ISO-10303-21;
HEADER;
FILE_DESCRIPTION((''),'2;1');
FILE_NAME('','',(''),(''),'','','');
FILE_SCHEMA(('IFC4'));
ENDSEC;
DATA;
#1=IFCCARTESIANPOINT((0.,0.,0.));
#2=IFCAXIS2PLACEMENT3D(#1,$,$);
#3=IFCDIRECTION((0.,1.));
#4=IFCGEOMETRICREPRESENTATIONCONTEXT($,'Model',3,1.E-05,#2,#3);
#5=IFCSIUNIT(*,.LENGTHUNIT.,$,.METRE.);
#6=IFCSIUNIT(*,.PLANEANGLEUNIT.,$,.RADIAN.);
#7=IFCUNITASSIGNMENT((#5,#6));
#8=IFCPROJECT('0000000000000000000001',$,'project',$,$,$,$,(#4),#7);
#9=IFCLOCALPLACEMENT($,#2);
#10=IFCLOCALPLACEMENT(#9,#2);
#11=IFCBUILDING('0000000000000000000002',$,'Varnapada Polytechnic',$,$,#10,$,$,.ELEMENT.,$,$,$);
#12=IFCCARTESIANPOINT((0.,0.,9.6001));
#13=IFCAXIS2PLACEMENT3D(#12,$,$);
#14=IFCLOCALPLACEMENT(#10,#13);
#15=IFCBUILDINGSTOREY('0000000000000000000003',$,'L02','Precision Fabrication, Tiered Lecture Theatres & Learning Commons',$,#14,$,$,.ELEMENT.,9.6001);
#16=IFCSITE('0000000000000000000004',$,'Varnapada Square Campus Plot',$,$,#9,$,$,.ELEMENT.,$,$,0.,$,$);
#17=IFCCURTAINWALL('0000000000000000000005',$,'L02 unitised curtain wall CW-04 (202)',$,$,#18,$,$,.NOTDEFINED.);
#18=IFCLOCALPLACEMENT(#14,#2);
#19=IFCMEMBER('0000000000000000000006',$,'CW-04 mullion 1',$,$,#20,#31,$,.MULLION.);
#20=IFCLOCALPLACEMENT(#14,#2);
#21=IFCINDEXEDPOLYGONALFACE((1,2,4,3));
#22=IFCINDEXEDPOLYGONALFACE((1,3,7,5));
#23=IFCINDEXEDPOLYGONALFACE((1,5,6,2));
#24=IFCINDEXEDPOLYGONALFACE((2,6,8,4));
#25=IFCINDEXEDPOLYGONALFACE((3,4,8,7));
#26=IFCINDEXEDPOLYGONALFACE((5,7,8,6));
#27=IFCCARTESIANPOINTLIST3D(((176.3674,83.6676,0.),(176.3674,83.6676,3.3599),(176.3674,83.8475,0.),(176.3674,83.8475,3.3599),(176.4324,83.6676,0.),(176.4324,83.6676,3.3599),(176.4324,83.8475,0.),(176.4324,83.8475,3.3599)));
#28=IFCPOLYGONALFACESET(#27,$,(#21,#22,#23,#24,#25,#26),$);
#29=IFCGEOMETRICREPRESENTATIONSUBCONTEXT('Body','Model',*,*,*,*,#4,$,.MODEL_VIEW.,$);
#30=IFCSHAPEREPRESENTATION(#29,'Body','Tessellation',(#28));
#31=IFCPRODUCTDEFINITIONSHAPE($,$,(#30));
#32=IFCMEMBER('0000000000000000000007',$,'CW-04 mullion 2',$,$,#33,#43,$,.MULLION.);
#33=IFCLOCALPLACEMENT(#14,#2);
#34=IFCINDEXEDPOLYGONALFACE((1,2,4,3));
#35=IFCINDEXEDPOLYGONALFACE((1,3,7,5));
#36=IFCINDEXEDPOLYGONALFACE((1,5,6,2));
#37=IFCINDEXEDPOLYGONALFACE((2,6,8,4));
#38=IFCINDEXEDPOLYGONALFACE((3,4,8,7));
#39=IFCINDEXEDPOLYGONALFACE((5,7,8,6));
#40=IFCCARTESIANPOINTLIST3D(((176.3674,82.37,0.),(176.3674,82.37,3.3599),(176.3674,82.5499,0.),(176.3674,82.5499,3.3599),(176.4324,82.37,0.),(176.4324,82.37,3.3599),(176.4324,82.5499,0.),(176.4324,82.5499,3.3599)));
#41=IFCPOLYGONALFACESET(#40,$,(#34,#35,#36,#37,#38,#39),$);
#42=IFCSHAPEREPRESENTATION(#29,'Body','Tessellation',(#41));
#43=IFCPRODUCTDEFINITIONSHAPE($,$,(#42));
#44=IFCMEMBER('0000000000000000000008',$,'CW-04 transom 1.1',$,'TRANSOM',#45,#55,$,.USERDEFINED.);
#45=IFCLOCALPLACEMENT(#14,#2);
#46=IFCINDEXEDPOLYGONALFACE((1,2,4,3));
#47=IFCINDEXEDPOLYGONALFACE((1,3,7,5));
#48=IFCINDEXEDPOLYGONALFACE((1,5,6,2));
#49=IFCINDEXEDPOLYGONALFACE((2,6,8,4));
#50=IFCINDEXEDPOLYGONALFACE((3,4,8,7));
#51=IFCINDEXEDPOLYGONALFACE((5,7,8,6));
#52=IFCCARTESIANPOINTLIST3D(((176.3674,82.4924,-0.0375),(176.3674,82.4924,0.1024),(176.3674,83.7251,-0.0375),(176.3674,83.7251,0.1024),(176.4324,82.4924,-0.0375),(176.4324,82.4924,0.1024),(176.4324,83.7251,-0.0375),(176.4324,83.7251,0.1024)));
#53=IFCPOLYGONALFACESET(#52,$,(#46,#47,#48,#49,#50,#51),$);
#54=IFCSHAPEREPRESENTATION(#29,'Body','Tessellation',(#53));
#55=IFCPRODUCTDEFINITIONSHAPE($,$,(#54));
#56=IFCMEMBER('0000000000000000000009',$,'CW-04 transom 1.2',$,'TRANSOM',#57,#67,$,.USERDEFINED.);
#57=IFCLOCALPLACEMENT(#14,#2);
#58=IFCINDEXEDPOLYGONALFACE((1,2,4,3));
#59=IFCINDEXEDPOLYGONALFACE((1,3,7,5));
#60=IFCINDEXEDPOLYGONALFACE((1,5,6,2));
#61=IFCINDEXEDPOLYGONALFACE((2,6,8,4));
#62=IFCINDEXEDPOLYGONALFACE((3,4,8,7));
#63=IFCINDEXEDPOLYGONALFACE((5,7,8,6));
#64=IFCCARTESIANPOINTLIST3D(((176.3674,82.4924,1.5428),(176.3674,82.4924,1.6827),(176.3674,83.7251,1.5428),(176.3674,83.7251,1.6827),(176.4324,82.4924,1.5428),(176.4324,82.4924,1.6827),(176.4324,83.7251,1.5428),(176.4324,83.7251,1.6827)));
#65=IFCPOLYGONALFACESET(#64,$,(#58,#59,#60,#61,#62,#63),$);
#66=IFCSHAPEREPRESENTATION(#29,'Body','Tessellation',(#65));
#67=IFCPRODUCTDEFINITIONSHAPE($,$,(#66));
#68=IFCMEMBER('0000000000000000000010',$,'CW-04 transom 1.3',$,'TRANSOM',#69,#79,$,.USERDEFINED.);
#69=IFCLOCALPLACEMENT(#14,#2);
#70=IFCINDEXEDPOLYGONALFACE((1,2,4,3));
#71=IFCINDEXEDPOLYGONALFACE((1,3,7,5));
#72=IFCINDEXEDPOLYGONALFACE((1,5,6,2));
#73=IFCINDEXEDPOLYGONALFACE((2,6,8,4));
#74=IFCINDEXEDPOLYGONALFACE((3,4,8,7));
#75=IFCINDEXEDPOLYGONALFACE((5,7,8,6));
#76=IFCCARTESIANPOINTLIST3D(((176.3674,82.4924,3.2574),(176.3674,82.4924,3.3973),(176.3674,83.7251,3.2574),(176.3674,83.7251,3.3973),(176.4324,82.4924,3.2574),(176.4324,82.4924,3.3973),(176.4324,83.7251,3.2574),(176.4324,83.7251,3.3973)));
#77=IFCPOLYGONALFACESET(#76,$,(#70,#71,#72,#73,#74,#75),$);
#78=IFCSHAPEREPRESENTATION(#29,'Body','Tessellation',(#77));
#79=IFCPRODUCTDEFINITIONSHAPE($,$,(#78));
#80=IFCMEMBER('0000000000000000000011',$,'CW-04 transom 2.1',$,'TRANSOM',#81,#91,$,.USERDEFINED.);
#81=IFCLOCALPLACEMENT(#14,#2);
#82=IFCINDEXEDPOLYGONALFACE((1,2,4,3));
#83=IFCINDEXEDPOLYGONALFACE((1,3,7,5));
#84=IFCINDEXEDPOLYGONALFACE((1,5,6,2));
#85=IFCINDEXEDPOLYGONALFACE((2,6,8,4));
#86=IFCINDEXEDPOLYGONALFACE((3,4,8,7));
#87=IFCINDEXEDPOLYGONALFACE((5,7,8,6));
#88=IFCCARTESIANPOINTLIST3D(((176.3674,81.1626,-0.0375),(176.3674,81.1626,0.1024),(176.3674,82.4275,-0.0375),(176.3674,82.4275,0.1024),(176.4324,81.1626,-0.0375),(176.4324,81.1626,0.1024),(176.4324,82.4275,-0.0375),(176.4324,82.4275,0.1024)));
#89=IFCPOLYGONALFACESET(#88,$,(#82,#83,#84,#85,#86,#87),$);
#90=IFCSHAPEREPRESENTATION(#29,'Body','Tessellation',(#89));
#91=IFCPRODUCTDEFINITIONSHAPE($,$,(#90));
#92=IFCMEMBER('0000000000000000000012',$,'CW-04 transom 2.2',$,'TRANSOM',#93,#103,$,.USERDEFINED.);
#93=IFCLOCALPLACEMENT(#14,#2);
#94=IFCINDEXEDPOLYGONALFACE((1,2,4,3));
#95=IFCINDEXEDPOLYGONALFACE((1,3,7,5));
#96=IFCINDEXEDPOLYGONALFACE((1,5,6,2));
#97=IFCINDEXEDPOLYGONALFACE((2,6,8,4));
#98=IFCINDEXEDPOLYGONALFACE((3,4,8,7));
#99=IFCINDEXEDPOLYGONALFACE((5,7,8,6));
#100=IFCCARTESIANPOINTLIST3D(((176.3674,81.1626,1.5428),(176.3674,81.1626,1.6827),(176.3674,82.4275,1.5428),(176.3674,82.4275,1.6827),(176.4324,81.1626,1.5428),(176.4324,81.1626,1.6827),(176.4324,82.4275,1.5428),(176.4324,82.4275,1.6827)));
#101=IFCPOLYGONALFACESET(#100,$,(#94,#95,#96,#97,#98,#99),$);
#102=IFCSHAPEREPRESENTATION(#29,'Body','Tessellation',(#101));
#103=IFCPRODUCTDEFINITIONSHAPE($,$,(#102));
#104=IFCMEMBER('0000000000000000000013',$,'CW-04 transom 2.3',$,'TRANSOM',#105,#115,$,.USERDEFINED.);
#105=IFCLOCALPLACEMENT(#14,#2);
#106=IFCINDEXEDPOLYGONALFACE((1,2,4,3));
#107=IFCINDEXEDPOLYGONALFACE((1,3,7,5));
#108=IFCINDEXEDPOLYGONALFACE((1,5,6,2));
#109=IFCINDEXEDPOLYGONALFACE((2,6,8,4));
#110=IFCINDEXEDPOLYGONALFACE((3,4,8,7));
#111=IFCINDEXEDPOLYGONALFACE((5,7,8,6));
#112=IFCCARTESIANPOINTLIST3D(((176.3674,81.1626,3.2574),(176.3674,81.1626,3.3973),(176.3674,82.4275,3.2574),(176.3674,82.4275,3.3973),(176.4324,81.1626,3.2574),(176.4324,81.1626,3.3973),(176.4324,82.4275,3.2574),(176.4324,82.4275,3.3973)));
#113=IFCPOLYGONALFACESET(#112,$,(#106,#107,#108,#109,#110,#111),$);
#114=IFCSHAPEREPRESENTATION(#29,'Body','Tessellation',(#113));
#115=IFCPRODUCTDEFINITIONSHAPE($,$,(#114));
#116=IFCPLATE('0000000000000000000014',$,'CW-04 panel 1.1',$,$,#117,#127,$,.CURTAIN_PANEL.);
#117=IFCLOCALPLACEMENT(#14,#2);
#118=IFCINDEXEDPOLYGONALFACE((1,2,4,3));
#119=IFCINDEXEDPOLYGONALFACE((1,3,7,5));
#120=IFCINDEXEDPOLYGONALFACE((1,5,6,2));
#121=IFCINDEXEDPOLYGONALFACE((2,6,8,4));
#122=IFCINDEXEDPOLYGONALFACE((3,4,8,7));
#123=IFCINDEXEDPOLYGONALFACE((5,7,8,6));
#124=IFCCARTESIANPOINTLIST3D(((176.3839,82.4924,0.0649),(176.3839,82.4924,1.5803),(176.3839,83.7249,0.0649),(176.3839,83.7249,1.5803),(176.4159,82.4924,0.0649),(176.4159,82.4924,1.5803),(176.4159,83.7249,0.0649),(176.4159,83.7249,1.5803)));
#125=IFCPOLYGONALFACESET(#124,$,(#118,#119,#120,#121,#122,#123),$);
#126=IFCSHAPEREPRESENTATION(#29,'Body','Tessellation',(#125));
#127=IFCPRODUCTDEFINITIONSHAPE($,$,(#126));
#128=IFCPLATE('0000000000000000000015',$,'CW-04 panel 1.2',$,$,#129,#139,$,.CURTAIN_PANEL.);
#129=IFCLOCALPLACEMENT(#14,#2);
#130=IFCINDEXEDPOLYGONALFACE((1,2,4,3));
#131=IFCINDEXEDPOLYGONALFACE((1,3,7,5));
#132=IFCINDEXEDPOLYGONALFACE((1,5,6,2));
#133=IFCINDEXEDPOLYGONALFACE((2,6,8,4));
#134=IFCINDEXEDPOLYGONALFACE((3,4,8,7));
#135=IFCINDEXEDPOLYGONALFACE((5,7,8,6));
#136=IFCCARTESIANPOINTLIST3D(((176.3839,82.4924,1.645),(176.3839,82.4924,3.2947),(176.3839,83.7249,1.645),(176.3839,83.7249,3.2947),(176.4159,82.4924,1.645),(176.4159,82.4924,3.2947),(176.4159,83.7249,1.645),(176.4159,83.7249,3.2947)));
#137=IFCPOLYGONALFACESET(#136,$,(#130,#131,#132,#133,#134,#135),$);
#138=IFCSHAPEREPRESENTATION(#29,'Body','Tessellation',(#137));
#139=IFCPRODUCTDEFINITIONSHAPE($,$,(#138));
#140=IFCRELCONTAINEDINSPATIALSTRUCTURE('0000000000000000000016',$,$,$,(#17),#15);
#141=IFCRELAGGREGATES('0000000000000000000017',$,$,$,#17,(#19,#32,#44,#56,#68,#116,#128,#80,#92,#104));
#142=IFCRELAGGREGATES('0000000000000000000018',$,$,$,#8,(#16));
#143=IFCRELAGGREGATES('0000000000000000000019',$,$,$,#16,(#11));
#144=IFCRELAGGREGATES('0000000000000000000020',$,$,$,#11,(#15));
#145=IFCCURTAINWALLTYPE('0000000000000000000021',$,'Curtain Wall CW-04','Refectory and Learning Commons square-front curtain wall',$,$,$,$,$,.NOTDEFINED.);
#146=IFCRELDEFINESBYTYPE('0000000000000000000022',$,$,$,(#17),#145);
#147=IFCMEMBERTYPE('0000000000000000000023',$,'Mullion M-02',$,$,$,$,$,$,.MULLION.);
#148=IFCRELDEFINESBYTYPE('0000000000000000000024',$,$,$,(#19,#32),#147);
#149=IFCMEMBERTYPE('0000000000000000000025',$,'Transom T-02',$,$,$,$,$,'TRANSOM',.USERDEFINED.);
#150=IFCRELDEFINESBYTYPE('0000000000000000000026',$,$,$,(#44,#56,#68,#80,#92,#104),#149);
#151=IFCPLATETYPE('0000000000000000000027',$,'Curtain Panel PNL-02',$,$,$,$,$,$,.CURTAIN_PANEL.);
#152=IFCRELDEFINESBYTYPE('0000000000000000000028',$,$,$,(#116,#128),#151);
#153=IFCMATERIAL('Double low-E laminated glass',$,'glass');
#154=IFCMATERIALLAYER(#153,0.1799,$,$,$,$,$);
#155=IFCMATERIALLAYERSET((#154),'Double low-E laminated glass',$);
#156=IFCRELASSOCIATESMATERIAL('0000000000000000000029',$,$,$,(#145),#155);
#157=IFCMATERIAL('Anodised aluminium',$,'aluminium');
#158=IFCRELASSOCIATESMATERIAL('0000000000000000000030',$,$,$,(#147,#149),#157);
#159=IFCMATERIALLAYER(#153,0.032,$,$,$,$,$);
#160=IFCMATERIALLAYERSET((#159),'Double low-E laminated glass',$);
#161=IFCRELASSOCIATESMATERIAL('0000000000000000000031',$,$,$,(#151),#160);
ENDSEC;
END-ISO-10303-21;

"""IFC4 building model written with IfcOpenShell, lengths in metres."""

from ifc_helpers import new_model, si_unit, direction, frame, origin, origin_2d, place, context, subcontext, project, spatial, rectangle, extrude, material, layer, layer_set, material_profile, profile_set, type_object, element, aggregate, save


model = new_model("IFC4")

# Units and contexts
model_context = context("Model", 3, precision=1e-05, world=origin(), true_north=direction((0.0, 1.0)))
body_context = subcontext(model_context, "Body", "Model", "MODEL_VIEW")
ifc_project = project(units=[si_unit("LENGTHUNIT", "METRE"), si_unit("PLANEANGLEUNIT", "RADIAN")], contexts=[model_context])

# Site, building, storey
site_placement = place(None, origin())
site = spatial("IfcSite", under=ifc_project, at=site_placement, Name="Varnapada Square Campus Plot", CompositionType="ELEMENT", RefElevation=0.0)
building_placement = place(site_placement, origin())
building = spatial("IfcBuilding", under=site, at=building_placement, Name="Varnapada Polytechnic", CompositionType="ELEMENT")
storey_placement = place(building_placement, frame((0.0, 0.0, 9.6001)))
storey = spatial("IfcBuildingStorey", under=building, at=storey_placement, Name="L02", Description="Precision Fabrication, Tiered Lecture Theatres & Learning Commons", CompositionType="ELEMENT", Elevation=9.6001)

# Curtain wall, members, plates
ifc_material_1 = material(Name="Double low-E laminated glass", Category="glass")
ifc_layer_1 = layer(ifc_material_1, 0.1799)
ifc_layer_set_1 = layer_set([ifc_layer_1], Name="Double low-E laminated glass")
curtain_wall_type = type_object("IfcCurtainWallType", Name="Curtain Wall CW-04", Description="Refectory and Learning Commons square-front curtain wall", PredefinedType="NOTDEFINED", material=ifc_layer_set_1)
curtain_wall_placement = place(storey_placement, origin())
curtain_wall = element("IfcCurtainWall", 1, at=curtain_wall_placement, inside=storey, type_object=curtain_wall_type, Name="L02 unitised curtain wall CW-04 (202)", PredefinedType="NOTDEFINED")
ifc_material_2 = material(Name="Anodised aluminium", Category="aluminium")
ifc_material_profile_1 = material_profile(ifc_material_2, rectangle(XDim=0.0649, YDim=0.1799, at=origin_2d()), Name="ALU M65x180")
ifc_profile_set_1 = profile_set([ifc_material_profile_1], Name="Anodised aluminium")
member_type_1 = type_object("IfcMemberType", Name="Mullion M-02", PredefinedType="MULLION", material=ifc_profile_set_1)
member_1_placement = place(storey_placement, frame((176.3999, 83.7576, 0.0), z_axis=(0.0, 0.0, 1.0), x_axis=(1.0, 0.0, 0.0)))
member_1 = element("IfcMember", 2, at=member_1_placement, type_object=member_type_1, Name="CW-04 mullion 1", PredefinedType="MULLION", context=body_context, shape_type="SweptSolid", body=[
    extrude(rectangle(XDim=0.0649, YDim=0.1799, at=origin_2d()), origin(), (0.0, 0.0, 1.0), 3.3599),
])
member_2_placement = place(storey_placement, frame((176.3999, 82.46, 0.0), z_axis=(0.0, 0.0, 1.0), x_axis=(1.0, 0.0, 0.0)))
member_2 = element("IfcMember", 3, at=member_2_placement, type_object=member_type_1, Name="CW-04 mullion 2", PredefinedType="MULLION", context=body_context, shape_type="SweptSolid", body=[
    extrude(rectangle(XDim=0.0649, YDim=0.1799, at=origin_2d()), origin(), (0.0, 0.0, 1.0), 3.3599),
])
ifc_material_profile_2 = material_profile(ifc_material_2, rectangle(XDim=0.0649, YDim=0.1399, at=origin_2d()), Name="ALU T65x140")
ifc_profile_set_2 = profile_set([ifc_material_profile_2], Name="Anodised aluminium")
member_type_2 = type_object("IfcMemberType", Name="Transom T-02", ElementType="TRANSOM", PredefinedType="USERDEFINED", material=ifc_profile_set_2)
member_3_placement = place(storey_placement, frame((176.3999, 83.7251, 0.0325), z_axis=(0.0, -1.0, 0.0), x_axis=(1.0, 0.0, 0.0)))
member_3 = element("IfcMember", 4, at=member_3_placement, type_object=member_type_2, Name="CW-04 transom 1.1", ObjectType="TRANSOM", PredefinedType="USERDEFINED", context=body_context, shape_type="SweptSolid", body=[
    extrude(rectangle(XDim=0.0649, YDim=0.1399, at=origin_2d()), origin(), (0.0, 0.0, 1.0), 1.2327),
])
member_4_placement = place(storey_placement, frame((176.3999, 83.7251, 1.6128), z_axis=(0.0, -1.0, 0.0), x_axis=(1.0, 0.0, 0.0)))
member_4 = element("IfcMember", 5, at=member_4_placement, type_object=member_type_2, Name="CW-04 transom 1.2", ObjectType="TRANSOM", PredefinedType="USERDEFINED", context=body_context, shape_type="SweptSolid", body=[
    extrude(rectangle(XDim=0.0649, YDim=0.1399, at=origin_2d()), origin(), (0.0, 0.0, 1.0), 1.2327),
])
member_5_placement = place(storey_placement, frame((176.3999, 83.7251, 3.3274), z_axis=(0.0, -1.0, 0.0), x_axis=(1.0, 0.0, 0.0)))
member_5 = element("IfcMember", 6, at=member_5_placement, type_object=member_type_2, Name="CW-04 transom 1.3", ObjectType="TRANSOM", PredefinedType="USERDEFINED", context=body_context, shape_type="SweptSolid", body=[
    extrude(rectangle(XDim=0.0649, YDim=0.1399, at=origin_2d()), origin(), (0.0, 0.0, 1.0), 1.2327),
])
member_6_placement = place(storey_placement, frame((176.3999, 82.4275, 0.0325), z_axis=(0.0, -1.0, 0.0), x_axis=(1.0, 0.0, 0.0)))
member_6 = element("IfcMember", 7, at=member_6_placement, type_object=member_type_2, Name="CW-04 transom 2.1", ObjectType="TRANSOM", PredefinedType="USERDEFINED", context=body_context, shape_type="SweptSolid", body=[
    extrude(rectangle(XDim=0.0649, YDim=0.1399, at=origin_2d()), origin(), (0.0, 0.0, 1.0), 1.2649),
])
member_7_placement = place(storey_placement, frame((176.3999, 82.4275, 1.6128), z_axis=(0.0, -1.0, 0.0), x_axis=(1.0, 0.0, 0.0)))
member_7 = element("IfcMember", 8, at=member_7_placement, type_object=member_type_2, Name="CW-04 transom 2.2", ObjectType="TRANSOM", PredefinedType="USERDEFINED", context=body_context, shape_type="SweptSolid", body=[
    extrude(rectangle(XDim=0.0649, YDim=0.1399, at=origin_2d()), origin(), (0.0, 0.0, 1.0), 1.2649),
])
member_8_placement = place(storey_placement, frame((176.3999, 82.4275, 3.3274), z_axis=(0.0, -1.0, 0.0), x_axis=(1.0, 0.0, 0.0)))
member_8 = element("IfcMember", 9, at=member_8_placement, type_object=member_type_2, Name="CW-04 transom 2.3", ObjectType="TRANSOM", PredefinedType="USERDEFINED", context=body_context, shape_type="SweptSolid", body=[
    extrude(rectangle(XDim=0.0649, YDim=0.1399, at=origin_2d()), origin(), (0.0, 0.0, 1.0), 1.2649),
])
ifc_layer_2 = layer(ifc_material_1, 0.032)
ifc_layer_set_2 = layer_set([ifc_layer_2], Name="Double low-E laminated glass")
plate_type = type_object("IfcPlateType", Name="Curtain Panel PNL-02", PredefinedType="CURTAIN_PANEL", material=ifc_layer_set_2)
plate_1_placement = place(storey_placement, frame((176.3999, 83.1086, 0.0649), z_axis=(0.0, 0.0, 1.0), x_axis=(0.0, -1.0, 0.0)))
plate_1 = element("IfcPlate", 10, at=plate_1_placement, type_object=plate_type, Name="CW-04 panel 1.1", PredefinedType="CURTAIN_PANEL", context=body_context, shape_type="SweptSolid", body=[
    extrude(rectangle(XDim=1.2324, YDim=0.032, at=origin_2d()), origin(), (0.0, 0.0, 1.0), 1.5154),
])
plate_2_placement = place(storey_placement, frame((176.3999, 83.1086, 1.645), z_axis=(0.0, 0.0, 1.0), x_axis=(0.0, -1.0, 0.0)))
plate_2 = element("IfcPlate", 11, at=plate_2_placement, type_object=plate_type, Name="CW-04 panel 1.2", PredefinedType="CURTAIN_PANEL", context=body_context, shape_type="SweptSolid", body=[
    extrude(rectangle(XDim=1.2324, YDim=0.032, at=origin_2d()), origin(), (0.0, 0.0, 1.0), 1.6497),
])
aggregate(curtain_wall, [member_1, member_2, member_3, member_4, member_5, plate_1, plate_2, member_6, member_7, member_8])

save(model, "model.ifc")
